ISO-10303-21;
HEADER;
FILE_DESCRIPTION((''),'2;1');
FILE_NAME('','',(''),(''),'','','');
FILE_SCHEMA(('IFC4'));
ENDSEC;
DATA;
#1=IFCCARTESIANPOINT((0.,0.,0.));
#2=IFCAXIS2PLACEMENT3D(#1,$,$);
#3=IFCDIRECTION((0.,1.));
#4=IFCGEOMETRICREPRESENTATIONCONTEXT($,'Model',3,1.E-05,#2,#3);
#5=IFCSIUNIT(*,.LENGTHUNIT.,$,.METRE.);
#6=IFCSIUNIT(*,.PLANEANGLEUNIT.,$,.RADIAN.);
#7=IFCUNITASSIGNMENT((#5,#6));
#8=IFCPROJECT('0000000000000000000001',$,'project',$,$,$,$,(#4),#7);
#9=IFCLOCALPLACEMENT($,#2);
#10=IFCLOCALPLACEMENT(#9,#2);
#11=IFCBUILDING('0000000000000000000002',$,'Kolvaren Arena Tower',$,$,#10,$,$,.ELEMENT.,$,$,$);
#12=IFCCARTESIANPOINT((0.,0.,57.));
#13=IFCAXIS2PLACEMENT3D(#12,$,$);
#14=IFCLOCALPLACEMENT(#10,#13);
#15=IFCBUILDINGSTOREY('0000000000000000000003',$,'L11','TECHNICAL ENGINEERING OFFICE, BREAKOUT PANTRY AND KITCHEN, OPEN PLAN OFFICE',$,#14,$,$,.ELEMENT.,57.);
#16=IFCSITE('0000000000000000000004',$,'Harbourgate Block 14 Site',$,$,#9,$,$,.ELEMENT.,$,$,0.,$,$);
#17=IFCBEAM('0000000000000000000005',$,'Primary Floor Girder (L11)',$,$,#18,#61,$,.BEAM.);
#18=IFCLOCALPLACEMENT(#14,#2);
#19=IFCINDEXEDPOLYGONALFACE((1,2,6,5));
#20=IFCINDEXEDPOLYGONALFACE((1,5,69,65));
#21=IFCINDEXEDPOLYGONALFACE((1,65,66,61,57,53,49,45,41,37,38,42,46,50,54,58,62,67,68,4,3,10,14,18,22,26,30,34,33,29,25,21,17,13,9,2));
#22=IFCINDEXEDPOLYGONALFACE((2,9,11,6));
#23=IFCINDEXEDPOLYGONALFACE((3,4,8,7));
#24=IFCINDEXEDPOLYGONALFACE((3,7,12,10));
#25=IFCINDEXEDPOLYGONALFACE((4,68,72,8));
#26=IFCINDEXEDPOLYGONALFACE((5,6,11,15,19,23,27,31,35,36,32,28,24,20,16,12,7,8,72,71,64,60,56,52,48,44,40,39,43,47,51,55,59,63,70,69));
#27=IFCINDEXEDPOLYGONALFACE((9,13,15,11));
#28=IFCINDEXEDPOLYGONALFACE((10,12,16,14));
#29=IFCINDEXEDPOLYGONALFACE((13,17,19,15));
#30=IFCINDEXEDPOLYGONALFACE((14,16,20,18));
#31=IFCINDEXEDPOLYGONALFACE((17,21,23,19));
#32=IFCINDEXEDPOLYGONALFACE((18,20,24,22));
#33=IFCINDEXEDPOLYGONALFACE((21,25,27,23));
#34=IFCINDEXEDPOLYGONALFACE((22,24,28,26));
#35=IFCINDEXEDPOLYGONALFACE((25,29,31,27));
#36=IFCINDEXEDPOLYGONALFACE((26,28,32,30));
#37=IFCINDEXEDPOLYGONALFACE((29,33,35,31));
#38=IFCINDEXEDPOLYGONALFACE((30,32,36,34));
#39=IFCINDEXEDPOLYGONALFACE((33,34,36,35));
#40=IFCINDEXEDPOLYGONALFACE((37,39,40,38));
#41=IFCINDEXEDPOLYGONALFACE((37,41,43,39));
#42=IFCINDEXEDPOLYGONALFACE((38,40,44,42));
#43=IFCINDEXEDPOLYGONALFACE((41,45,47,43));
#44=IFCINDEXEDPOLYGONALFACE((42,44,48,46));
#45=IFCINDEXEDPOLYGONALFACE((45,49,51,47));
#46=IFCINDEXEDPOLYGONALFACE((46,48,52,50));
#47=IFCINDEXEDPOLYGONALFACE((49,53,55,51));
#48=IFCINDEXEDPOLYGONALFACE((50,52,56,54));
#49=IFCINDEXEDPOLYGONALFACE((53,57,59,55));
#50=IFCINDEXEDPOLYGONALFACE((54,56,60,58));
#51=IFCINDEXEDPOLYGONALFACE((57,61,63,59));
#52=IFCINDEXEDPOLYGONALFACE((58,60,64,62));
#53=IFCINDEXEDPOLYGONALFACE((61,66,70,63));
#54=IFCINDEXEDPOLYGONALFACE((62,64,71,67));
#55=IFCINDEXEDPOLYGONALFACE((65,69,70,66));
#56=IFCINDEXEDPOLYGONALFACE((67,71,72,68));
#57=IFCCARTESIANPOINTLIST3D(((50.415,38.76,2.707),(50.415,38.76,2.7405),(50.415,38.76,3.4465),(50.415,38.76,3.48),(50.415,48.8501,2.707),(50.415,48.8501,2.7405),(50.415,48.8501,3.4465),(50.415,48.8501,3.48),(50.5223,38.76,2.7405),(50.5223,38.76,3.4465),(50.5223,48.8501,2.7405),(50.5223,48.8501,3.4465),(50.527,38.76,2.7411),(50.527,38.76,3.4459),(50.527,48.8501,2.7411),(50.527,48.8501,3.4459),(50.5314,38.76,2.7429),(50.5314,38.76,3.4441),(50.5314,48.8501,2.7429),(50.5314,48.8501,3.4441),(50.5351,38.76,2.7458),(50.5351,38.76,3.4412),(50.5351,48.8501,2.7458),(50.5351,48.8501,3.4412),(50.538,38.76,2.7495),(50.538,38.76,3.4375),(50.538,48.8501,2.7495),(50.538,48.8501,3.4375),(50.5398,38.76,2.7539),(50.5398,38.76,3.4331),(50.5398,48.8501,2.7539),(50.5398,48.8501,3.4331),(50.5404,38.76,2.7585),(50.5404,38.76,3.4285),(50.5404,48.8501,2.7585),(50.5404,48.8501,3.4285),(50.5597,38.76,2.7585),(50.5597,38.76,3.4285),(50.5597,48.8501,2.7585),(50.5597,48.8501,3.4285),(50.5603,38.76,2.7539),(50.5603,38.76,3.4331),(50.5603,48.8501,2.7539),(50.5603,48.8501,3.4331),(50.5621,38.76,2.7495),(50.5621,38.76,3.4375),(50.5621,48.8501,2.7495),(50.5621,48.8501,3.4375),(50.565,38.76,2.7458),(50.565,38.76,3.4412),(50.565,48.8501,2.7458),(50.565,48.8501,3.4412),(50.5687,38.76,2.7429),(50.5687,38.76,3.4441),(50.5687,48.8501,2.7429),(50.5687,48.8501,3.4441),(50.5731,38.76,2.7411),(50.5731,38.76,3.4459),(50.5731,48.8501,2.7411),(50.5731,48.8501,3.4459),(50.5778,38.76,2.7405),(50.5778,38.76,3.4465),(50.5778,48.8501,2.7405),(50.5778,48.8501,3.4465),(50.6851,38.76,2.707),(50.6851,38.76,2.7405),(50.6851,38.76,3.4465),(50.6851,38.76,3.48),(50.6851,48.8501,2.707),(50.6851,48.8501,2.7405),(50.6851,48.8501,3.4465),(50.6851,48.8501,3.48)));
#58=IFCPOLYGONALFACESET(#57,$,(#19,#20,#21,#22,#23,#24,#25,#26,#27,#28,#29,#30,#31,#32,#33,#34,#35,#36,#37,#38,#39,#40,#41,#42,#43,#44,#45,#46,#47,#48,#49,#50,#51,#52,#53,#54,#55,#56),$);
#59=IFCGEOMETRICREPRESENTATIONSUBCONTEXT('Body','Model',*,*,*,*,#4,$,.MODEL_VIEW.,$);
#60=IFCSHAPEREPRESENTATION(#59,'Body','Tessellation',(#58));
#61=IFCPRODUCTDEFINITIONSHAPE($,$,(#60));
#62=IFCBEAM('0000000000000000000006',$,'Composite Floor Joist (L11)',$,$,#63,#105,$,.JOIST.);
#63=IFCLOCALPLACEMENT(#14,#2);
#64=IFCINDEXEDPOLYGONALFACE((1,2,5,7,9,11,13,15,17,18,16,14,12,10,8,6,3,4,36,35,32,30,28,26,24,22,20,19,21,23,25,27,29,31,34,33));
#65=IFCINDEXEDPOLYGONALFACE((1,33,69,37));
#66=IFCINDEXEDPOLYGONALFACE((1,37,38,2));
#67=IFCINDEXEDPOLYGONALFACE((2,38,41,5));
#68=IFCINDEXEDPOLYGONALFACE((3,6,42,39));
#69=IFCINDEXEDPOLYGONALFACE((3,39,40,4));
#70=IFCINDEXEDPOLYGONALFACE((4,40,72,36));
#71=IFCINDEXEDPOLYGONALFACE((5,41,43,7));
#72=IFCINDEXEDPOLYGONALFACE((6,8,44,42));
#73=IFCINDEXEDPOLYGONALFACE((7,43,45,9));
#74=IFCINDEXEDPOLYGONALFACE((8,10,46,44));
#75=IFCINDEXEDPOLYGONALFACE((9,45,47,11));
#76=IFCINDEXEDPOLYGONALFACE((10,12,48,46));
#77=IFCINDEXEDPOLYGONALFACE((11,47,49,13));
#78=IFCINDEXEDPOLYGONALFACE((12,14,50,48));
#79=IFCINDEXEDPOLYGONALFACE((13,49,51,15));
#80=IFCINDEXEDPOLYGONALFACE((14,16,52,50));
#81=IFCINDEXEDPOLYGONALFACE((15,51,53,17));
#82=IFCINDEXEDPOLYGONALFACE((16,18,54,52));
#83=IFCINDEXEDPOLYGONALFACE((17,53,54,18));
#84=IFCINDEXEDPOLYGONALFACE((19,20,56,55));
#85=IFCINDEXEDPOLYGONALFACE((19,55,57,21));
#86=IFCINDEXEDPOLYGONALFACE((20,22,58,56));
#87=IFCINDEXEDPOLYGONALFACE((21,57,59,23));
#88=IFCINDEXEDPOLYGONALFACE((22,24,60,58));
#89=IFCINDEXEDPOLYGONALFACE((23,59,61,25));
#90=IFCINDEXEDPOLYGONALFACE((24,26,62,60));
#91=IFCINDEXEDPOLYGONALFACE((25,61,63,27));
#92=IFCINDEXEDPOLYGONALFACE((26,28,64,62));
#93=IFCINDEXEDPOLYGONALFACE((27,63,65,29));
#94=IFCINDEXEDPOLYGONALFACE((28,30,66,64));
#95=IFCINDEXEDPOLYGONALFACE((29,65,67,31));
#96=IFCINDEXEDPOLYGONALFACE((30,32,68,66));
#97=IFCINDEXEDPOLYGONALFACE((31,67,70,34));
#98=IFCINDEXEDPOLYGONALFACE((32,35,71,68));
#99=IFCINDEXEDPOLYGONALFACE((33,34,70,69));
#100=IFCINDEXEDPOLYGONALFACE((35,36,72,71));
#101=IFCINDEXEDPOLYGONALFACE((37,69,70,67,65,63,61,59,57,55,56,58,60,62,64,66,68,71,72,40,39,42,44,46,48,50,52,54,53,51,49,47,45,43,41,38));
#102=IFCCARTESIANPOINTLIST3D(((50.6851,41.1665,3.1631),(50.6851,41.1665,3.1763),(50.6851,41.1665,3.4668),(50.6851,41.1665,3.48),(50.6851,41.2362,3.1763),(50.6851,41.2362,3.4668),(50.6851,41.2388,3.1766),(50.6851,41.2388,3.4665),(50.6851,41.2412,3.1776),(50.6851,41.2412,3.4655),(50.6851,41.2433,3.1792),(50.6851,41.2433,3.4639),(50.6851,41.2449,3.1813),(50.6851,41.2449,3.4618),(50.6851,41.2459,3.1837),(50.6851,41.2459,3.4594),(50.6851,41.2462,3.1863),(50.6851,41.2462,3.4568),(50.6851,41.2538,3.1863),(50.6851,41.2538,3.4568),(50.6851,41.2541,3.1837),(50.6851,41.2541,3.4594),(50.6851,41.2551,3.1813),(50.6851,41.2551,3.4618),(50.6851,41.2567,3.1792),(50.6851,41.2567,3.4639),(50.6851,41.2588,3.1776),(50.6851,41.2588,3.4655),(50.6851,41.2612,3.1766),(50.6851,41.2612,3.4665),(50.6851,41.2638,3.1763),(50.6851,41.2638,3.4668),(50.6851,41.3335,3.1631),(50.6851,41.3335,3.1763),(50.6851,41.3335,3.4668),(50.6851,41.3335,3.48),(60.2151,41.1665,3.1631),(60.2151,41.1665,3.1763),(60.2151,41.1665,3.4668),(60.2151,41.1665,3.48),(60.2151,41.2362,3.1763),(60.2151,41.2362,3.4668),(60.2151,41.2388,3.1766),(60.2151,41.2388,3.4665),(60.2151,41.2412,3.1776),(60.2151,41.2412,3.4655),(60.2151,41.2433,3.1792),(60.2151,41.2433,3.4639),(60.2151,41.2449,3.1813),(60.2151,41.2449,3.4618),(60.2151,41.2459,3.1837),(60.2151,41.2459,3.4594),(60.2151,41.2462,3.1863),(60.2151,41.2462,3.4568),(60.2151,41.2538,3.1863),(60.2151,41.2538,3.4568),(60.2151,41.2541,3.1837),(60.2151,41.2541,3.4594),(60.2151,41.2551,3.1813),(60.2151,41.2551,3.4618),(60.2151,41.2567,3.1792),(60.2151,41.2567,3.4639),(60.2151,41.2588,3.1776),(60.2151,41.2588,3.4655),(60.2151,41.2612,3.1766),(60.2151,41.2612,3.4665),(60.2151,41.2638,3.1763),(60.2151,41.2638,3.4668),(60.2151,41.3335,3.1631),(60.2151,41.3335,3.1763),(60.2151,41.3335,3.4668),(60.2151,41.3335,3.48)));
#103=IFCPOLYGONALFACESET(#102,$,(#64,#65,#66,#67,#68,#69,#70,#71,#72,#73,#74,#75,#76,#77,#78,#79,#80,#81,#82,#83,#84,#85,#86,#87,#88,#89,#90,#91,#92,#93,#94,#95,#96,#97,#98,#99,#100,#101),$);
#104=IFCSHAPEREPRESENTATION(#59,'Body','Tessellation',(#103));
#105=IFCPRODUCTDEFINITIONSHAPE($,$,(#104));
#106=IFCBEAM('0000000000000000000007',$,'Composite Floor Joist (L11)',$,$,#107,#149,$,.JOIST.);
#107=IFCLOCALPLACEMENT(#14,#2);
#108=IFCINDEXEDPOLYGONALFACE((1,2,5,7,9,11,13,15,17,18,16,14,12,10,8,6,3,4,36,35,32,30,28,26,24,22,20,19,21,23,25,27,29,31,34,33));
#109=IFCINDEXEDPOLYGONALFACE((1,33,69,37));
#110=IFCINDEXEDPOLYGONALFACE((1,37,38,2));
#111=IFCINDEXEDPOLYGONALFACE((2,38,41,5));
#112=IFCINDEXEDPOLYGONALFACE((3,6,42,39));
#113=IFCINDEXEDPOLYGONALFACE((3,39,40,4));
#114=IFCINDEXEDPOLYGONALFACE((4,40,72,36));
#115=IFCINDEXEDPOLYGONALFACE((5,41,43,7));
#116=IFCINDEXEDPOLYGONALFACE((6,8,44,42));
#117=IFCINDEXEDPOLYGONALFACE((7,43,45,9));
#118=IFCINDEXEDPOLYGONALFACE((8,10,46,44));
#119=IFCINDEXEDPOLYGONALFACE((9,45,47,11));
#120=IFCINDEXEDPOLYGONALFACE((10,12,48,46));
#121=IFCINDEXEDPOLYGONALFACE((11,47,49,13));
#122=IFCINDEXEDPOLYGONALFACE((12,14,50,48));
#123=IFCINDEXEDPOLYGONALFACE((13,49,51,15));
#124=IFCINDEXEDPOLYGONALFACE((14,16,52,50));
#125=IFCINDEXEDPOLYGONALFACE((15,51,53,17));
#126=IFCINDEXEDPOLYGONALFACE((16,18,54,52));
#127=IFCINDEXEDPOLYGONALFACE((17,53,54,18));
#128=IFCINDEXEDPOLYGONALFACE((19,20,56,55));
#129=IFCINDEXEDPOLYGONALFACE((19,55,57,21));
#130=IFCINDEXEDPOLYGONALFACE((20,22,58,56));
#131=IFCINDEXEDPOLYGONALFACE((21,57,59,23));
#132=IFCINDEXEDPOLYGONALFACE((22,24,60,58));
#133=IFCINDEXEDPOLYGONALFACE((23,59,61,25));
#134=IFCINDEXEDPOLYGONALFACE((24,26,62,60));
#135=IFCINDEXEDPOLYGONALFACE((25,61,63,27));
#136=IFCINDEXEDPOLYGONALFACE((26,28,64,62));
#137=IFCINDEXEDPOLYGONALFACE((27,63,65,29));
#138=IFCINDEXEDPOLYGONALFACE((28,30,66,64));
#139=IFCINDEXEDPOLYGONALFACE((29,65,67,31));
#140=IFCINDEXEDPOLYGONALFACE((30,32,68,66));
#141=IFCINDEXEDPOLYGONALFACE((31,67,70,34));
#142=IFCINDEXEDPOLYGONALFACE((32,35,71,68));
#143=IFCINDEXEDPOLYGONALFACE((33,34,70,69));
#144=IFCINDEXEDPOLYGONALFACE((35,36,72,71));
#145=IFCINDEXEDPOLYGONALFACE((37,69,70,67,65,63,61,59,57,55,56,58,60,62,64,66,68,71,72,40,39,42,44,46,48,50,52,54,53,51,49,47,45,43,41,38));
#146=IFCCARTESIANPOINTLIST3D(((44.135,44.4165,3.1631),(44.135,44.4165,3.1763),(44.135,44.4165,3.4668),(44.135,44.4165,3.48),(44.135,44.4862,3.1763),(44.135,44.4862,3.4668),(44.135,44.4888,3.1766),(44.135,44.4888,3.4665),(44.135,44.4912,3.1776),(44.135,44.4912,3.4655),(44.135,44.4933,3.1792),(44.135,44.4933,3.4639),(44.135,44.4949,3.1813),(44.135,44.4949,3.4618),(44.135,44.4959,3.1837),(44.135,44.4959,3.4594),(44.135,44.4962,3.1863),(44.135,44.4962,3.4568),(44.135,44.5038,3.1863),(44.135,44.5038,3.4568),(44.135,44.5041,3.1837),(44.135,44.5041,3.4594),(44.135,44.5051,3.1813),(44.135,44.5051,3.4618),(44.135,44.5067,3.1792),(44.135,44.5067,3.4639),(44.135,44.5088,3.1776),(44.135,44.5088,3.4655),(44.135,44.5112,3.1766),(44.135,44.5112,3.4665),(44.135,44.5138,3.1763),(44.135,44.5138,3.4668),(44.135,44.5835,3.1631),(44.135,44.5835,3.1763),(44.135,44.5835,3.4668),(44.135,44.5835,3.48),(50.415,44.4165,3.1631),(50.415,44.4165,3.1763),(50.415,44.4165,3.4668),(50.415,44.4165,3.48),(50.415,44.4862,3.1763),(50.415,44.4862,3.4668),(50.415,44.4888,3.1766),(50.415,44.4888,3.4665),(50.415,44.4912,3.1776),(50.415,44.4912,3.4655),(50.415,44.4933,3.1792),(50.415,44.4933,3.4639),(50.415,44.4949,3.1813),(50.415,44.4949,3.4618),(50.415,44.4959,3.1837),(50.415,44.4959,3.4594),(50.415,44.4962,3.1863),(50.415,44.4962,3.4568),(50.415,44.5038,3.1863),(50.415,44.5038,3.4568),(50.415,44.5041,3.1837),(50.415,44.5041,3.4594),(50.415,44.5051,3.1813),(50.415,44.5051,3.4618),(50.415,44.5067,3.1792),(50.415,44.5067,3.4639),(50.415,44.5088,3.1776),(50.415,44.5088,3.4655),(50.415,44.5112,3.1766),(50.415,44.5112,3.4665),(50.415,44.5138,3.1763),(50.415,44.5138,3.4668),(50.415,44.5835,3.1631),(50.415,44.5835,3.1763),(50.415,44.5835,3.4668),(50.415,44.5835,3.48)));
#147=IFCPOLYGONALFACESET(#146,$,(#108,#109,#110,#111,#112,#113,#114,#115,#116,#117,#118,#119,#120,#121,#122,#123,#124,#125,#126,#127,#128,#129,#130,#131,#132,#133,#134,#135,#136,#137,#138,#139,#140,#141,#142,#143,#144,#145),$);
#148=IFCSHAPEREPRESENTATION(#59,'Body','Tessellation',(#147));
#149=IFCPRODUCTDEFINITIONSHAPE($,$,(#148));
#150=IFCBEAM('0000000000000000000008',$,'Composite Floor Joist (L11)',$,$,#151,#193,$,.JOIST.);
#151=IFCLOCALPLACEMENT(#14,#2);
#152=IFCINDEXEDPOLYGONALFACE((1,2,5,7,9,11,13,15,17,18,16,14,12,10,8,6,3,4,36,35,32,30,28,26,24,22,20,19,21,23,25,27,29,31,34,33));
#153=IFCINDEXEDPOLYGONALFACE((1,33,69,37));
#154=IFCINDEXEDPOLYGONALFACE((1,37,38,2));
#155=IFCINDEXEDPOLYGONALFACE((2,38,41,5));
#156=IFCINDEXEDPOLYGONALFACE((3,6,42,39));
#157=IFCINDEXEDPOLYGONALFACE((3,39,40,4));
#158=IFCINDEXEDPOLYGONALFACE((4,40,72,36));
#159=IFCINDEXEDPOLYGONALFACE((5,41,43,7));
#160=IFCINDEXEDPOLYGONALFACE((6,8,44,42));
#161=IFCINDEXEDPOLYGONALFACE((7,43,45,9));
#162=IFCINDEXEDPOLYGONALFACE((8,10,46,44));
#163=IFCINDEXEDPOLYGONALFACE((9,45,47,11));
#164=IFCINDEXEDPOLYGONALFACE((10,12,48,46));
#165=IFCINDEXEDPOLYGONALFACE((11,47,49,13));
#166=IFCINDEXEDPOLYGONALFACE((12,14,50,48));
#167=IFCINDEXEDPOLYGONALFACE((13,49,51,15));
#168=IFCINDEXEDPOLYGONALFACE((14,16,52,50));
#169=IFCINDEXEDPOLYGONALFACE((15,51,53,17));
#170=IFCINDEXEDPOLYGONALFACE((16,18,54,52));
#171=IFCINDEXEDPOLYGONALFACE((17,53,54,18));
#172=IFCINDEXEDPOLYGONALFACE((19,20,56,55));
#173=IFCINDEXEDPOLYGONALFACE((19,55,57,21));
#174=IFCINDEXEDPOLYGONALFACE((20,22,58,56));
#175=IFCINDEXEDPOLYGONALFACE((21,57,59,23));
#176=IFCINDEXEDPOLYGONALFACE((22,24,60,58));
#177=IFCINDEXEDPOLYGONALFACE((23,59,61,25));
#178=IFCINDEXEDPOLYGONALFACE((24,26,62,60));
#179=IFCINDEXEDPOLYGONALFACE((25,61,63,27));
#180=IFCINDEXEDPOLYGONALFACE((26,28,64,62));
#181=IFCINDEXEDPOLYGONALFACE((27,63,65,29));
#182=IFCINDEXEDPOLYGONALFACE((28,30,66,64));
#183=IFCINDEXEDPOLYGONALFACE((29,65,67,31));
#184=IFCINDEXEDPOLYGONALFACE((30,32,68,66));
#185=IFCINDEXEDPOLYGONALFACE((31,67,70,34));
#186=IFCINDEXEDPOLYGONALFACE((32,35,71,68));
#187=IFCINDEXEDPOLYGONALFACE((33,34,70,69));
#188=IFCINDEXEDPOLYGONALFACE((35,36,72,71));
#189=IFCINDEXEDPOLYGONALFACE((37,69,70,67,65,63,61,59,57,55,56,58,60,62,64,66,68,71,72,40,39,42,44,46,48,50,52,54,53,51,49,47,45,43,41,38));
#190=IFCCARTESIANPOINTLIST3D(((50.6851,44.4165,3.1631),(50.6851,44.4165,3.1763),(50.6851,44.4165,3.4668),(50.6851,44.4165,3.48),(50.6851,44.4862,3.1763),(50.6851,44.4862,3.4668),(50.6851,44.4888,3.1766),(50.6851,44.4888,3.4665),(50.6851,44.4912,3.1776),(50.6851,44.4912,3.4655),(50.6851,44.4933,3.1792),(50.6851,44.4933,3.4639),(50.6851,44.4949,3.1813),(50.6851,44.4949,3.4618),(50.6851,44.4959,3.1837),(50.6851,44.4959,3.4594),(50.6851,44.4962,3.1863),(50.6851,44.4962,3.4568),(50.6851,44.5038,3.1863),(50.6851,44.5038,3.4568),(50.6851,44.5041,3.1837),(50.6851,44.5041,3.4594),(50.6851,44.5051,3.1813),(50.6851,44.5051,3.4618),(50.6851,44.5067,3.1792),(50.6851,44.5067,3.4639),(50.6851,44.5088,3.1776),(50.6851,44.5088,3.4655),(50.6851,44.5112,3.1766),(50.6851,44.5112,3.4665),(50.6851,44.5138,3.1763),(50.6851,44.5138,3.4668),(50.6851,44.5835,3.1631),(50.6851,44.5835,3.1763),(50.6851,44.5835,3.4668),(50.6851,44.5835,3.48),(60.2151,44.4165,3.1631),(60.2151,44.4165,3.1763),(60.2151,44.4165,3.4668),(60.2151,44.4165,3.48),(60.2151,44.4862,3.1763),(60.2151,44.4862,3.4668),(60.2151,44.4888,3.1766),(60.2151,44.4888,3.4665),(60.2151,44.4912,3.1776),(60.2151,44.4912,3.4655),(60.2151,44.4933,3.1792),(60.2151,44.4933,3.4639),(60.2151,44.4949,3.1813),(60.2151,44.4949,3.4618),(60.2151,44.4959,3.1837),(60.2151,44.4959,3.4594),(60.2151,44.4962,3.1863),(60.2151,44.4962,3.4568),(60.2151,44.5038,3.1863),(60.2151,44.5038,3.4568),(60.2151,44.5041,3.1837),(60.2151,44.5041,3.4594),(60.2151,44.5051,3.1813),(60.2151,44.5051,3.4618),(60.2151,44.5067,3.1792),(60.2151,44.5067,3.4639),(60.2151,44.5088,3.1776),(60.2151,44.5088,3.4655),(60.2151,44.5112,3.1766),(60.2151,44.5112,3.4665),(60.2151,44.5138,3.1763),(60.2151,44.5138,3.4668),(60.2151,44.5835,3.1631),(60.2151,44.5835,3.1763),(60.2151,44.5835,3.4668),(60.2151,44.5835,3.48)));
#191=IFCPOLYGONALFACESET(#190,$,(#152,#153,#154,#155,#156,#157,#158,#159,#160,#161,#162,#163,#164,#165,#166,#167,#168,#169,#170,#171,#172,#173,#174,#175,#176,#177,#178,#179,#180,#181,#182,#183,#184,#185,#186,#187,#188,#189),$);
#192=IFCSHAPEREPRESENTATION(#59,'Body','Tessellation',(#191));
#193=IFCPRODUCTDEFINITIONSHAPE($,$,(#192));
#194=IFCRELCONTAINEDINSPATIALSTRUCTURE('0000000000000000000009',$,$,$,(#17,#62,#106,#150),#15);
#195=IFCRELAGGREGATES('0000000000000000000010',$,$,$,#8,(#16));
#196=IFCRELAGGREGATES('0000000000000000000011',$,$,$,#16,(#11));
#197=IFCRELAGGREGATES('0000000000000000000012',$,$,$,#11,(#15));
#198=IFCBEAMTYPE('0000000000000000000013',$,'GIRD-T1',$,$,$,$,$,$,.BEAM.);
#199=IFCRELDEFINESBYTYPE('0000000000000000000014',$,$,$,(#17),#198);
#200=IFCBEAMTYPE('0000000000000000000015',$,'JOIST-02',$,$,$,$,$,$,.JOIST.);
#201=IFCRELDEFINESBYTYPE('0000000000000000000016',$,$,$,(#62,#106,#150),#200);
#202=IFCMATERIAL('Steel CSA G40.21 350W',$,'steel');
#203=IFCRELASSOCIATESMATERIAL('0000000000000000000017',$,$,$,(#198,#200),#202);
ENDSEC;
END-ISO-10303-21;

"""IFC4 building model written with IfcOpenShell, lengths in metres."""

from ifc_helpers import new_model, si_unit, direction, frame, origin, origin_2d, place, context, subcontext, project, spatial, i_section, extrude, material, material_profile, profile_set, type_object, element, save


model = new_model("IFC4")

# Units and contexts
model_context = context("Model", 3, precision=1e-05, world=origin(), true_north=direction((0.0, 1.0)))
body_context = subcontext(model_context, "Body", "Model", "MODEL_VIEW")
ifc_project = project(units=[si_unit("LENGTHUNIT", "METRE"), si_unit("PLANEANGLEUNIT", "RADIAN")], contexts=[model_context])

# Site, building, storey
site_placement = place(None, origin())
site = spatial("IfcSite", under=ifc_project, at=site_placement, Name="Harbourgate Block 14 Site", CompositionType="ELEMENT", RefElevation=0.0)
building_placement = place(site_placement, origin())
building = spatial("IfcBuilding", under=site, at=building_placement, Name="Kolvaren Arena Tower", CompositionType="ELEMENT")
storey_placement = place(building_placement, frame((0.0, 0.0, 57.0)))
storey = spatial("IfcBuildingStorey", under=building, at=storey_placement, Name="L11", Description="TECHNICAL ENGINEERING OFFICE, BREAKOUT PANTRY AND KITCHEN, OPEN PLAN OFFICE", CompositionType="ELEMENT", Elevation=57.0)

# Beams
ifc_material_1 = material(Name="Steel CSA G40.21 350W", Category="steel")
ifc_material_profile_1 = material_profile(ifc_material_1, i_section(OverallWidth=0.27, OverallDepth=0.7729, WebThickness=0.0193, FlangeThickness=0.0334, FilletRadius=0.0181, at=origin_2d()), Name="W760x257")
ifc_profile_set_1 = profile_set([ifc_material_profile_1], Name="Steel CSA G40.21 350W")
beam_type_1 = type_object("IfcBeamType", Name="GIRD-T1", PredefinedType="BEAM", material=ifc_profile_set_1)
beam_1_placement = place(storey_placement, frame((50.55, 38.76, 3.0935), z_axis=(0.0, 1.0, 0.0), x_axis=(-1.0, 0.0, 0.0)))
element("IfcBeam", 1, at=beam_1_placement, inside=storey, type_object=beam_type_1, Name="Primary Floor Girder (L11)", PredefinedType="BEAM", context=body_context, shape_type="SweptSolid", body=[
    extrude(i_section(OverallWidth=0.27, OverallDepth=0.7729, WebThickness=0.0193, FlangeThickness=0.0334, FilletRadius=0.0181, at=origin_2d()), origin(), (0.0, 0.0, 1.0), 10.0901),
])
ifc_material_profile_2 = material_profile(ifc_material_1, i_section(OverallWidth=0.167, OverallDepth=0.3169, WebThickness=0.0076, FlangeThickness=0.0132, FilletRadius=0.01, at=origin_2d()), Name="W310x52")
ifc_profile_set_2 = profile_set([ifc_material_profile_2], Name="Steel CSA G40.21 350W")
beam_type_2 = type_object("IfcBeamType", Name="JOIST-02", PredefinedType="JOIST", material=ifc_profile_set_2)
beam_2_placement = place(storey_placement, frame((50.6851, 41.25, 3.3215), z_axis=(1.0, 0.0, 0.0), x_axis=(0.0, 1.0, 0.0)))
element("IfcBeam", 2, at=beam_2_placement, inside=storey, type_object=beam_type_2, Name="Composite Floor Joist (L11)", PredefinedType="JOIST", context=body_context, shape_type="SweptSolid", body=[
    extrude(i_section(OverallWidth=0.167, OverallDepth=0.3169, WebThickness=0.0076, FlangeThickness=0.0132, FilletRadius=0.01, at=origin_2d()), origin(), (0.0, 0.0, 1.0), 9.53),
])
beam_3_placement = place(storey_placement, frame((44.135, 44.5, 3.3215), z_axis=(1.0, 0.0, 0.0), x_axis=(0.0, 1.0, 0.0)))
element("IfcBeam", 3, at=beam_3_placement, inside=storey, type_object=beam_type_2, Name="Composite Floor Joist (L11)", PredefinedType="JOIST", context=body_context, shape_type="SweptSolid", body=[
    extrude(i_section(OverallWidth=0.167, OverallDepth=0.3169, WebThickness=0.0076, FlangeThickness=0.0132, FilletRadius=0.01, at=origin_2d()), origin(), (0.0, 0.0, 1.0), 6.28),
])
beam_4_placement = place(storey_placement, frame((50.6851, 44.5, 3.3215), z_axis=(1.0, 0.0, 0.0), x_axis=(0.0, 1.0, 0.0)))
element("IfcBeam", 4, at=beam_4_placement, inside=storey, type_object=beam_type_2, Name="Composite Floor Joist (L11)", PredefinedType="JOIST", context=body_context, shape_type="SweptSolid", body=[
    extrude(i_section(OverallWidth=0.167, OverallDepth=0.3169, WebThickness=0.0076, FlangeThickness=0.0132, FilletRadius=0.01, at=origin_2d()), origin(), (0.0, 0.0, 1.0), 9.53),
])

save(model, "model.ifc")
